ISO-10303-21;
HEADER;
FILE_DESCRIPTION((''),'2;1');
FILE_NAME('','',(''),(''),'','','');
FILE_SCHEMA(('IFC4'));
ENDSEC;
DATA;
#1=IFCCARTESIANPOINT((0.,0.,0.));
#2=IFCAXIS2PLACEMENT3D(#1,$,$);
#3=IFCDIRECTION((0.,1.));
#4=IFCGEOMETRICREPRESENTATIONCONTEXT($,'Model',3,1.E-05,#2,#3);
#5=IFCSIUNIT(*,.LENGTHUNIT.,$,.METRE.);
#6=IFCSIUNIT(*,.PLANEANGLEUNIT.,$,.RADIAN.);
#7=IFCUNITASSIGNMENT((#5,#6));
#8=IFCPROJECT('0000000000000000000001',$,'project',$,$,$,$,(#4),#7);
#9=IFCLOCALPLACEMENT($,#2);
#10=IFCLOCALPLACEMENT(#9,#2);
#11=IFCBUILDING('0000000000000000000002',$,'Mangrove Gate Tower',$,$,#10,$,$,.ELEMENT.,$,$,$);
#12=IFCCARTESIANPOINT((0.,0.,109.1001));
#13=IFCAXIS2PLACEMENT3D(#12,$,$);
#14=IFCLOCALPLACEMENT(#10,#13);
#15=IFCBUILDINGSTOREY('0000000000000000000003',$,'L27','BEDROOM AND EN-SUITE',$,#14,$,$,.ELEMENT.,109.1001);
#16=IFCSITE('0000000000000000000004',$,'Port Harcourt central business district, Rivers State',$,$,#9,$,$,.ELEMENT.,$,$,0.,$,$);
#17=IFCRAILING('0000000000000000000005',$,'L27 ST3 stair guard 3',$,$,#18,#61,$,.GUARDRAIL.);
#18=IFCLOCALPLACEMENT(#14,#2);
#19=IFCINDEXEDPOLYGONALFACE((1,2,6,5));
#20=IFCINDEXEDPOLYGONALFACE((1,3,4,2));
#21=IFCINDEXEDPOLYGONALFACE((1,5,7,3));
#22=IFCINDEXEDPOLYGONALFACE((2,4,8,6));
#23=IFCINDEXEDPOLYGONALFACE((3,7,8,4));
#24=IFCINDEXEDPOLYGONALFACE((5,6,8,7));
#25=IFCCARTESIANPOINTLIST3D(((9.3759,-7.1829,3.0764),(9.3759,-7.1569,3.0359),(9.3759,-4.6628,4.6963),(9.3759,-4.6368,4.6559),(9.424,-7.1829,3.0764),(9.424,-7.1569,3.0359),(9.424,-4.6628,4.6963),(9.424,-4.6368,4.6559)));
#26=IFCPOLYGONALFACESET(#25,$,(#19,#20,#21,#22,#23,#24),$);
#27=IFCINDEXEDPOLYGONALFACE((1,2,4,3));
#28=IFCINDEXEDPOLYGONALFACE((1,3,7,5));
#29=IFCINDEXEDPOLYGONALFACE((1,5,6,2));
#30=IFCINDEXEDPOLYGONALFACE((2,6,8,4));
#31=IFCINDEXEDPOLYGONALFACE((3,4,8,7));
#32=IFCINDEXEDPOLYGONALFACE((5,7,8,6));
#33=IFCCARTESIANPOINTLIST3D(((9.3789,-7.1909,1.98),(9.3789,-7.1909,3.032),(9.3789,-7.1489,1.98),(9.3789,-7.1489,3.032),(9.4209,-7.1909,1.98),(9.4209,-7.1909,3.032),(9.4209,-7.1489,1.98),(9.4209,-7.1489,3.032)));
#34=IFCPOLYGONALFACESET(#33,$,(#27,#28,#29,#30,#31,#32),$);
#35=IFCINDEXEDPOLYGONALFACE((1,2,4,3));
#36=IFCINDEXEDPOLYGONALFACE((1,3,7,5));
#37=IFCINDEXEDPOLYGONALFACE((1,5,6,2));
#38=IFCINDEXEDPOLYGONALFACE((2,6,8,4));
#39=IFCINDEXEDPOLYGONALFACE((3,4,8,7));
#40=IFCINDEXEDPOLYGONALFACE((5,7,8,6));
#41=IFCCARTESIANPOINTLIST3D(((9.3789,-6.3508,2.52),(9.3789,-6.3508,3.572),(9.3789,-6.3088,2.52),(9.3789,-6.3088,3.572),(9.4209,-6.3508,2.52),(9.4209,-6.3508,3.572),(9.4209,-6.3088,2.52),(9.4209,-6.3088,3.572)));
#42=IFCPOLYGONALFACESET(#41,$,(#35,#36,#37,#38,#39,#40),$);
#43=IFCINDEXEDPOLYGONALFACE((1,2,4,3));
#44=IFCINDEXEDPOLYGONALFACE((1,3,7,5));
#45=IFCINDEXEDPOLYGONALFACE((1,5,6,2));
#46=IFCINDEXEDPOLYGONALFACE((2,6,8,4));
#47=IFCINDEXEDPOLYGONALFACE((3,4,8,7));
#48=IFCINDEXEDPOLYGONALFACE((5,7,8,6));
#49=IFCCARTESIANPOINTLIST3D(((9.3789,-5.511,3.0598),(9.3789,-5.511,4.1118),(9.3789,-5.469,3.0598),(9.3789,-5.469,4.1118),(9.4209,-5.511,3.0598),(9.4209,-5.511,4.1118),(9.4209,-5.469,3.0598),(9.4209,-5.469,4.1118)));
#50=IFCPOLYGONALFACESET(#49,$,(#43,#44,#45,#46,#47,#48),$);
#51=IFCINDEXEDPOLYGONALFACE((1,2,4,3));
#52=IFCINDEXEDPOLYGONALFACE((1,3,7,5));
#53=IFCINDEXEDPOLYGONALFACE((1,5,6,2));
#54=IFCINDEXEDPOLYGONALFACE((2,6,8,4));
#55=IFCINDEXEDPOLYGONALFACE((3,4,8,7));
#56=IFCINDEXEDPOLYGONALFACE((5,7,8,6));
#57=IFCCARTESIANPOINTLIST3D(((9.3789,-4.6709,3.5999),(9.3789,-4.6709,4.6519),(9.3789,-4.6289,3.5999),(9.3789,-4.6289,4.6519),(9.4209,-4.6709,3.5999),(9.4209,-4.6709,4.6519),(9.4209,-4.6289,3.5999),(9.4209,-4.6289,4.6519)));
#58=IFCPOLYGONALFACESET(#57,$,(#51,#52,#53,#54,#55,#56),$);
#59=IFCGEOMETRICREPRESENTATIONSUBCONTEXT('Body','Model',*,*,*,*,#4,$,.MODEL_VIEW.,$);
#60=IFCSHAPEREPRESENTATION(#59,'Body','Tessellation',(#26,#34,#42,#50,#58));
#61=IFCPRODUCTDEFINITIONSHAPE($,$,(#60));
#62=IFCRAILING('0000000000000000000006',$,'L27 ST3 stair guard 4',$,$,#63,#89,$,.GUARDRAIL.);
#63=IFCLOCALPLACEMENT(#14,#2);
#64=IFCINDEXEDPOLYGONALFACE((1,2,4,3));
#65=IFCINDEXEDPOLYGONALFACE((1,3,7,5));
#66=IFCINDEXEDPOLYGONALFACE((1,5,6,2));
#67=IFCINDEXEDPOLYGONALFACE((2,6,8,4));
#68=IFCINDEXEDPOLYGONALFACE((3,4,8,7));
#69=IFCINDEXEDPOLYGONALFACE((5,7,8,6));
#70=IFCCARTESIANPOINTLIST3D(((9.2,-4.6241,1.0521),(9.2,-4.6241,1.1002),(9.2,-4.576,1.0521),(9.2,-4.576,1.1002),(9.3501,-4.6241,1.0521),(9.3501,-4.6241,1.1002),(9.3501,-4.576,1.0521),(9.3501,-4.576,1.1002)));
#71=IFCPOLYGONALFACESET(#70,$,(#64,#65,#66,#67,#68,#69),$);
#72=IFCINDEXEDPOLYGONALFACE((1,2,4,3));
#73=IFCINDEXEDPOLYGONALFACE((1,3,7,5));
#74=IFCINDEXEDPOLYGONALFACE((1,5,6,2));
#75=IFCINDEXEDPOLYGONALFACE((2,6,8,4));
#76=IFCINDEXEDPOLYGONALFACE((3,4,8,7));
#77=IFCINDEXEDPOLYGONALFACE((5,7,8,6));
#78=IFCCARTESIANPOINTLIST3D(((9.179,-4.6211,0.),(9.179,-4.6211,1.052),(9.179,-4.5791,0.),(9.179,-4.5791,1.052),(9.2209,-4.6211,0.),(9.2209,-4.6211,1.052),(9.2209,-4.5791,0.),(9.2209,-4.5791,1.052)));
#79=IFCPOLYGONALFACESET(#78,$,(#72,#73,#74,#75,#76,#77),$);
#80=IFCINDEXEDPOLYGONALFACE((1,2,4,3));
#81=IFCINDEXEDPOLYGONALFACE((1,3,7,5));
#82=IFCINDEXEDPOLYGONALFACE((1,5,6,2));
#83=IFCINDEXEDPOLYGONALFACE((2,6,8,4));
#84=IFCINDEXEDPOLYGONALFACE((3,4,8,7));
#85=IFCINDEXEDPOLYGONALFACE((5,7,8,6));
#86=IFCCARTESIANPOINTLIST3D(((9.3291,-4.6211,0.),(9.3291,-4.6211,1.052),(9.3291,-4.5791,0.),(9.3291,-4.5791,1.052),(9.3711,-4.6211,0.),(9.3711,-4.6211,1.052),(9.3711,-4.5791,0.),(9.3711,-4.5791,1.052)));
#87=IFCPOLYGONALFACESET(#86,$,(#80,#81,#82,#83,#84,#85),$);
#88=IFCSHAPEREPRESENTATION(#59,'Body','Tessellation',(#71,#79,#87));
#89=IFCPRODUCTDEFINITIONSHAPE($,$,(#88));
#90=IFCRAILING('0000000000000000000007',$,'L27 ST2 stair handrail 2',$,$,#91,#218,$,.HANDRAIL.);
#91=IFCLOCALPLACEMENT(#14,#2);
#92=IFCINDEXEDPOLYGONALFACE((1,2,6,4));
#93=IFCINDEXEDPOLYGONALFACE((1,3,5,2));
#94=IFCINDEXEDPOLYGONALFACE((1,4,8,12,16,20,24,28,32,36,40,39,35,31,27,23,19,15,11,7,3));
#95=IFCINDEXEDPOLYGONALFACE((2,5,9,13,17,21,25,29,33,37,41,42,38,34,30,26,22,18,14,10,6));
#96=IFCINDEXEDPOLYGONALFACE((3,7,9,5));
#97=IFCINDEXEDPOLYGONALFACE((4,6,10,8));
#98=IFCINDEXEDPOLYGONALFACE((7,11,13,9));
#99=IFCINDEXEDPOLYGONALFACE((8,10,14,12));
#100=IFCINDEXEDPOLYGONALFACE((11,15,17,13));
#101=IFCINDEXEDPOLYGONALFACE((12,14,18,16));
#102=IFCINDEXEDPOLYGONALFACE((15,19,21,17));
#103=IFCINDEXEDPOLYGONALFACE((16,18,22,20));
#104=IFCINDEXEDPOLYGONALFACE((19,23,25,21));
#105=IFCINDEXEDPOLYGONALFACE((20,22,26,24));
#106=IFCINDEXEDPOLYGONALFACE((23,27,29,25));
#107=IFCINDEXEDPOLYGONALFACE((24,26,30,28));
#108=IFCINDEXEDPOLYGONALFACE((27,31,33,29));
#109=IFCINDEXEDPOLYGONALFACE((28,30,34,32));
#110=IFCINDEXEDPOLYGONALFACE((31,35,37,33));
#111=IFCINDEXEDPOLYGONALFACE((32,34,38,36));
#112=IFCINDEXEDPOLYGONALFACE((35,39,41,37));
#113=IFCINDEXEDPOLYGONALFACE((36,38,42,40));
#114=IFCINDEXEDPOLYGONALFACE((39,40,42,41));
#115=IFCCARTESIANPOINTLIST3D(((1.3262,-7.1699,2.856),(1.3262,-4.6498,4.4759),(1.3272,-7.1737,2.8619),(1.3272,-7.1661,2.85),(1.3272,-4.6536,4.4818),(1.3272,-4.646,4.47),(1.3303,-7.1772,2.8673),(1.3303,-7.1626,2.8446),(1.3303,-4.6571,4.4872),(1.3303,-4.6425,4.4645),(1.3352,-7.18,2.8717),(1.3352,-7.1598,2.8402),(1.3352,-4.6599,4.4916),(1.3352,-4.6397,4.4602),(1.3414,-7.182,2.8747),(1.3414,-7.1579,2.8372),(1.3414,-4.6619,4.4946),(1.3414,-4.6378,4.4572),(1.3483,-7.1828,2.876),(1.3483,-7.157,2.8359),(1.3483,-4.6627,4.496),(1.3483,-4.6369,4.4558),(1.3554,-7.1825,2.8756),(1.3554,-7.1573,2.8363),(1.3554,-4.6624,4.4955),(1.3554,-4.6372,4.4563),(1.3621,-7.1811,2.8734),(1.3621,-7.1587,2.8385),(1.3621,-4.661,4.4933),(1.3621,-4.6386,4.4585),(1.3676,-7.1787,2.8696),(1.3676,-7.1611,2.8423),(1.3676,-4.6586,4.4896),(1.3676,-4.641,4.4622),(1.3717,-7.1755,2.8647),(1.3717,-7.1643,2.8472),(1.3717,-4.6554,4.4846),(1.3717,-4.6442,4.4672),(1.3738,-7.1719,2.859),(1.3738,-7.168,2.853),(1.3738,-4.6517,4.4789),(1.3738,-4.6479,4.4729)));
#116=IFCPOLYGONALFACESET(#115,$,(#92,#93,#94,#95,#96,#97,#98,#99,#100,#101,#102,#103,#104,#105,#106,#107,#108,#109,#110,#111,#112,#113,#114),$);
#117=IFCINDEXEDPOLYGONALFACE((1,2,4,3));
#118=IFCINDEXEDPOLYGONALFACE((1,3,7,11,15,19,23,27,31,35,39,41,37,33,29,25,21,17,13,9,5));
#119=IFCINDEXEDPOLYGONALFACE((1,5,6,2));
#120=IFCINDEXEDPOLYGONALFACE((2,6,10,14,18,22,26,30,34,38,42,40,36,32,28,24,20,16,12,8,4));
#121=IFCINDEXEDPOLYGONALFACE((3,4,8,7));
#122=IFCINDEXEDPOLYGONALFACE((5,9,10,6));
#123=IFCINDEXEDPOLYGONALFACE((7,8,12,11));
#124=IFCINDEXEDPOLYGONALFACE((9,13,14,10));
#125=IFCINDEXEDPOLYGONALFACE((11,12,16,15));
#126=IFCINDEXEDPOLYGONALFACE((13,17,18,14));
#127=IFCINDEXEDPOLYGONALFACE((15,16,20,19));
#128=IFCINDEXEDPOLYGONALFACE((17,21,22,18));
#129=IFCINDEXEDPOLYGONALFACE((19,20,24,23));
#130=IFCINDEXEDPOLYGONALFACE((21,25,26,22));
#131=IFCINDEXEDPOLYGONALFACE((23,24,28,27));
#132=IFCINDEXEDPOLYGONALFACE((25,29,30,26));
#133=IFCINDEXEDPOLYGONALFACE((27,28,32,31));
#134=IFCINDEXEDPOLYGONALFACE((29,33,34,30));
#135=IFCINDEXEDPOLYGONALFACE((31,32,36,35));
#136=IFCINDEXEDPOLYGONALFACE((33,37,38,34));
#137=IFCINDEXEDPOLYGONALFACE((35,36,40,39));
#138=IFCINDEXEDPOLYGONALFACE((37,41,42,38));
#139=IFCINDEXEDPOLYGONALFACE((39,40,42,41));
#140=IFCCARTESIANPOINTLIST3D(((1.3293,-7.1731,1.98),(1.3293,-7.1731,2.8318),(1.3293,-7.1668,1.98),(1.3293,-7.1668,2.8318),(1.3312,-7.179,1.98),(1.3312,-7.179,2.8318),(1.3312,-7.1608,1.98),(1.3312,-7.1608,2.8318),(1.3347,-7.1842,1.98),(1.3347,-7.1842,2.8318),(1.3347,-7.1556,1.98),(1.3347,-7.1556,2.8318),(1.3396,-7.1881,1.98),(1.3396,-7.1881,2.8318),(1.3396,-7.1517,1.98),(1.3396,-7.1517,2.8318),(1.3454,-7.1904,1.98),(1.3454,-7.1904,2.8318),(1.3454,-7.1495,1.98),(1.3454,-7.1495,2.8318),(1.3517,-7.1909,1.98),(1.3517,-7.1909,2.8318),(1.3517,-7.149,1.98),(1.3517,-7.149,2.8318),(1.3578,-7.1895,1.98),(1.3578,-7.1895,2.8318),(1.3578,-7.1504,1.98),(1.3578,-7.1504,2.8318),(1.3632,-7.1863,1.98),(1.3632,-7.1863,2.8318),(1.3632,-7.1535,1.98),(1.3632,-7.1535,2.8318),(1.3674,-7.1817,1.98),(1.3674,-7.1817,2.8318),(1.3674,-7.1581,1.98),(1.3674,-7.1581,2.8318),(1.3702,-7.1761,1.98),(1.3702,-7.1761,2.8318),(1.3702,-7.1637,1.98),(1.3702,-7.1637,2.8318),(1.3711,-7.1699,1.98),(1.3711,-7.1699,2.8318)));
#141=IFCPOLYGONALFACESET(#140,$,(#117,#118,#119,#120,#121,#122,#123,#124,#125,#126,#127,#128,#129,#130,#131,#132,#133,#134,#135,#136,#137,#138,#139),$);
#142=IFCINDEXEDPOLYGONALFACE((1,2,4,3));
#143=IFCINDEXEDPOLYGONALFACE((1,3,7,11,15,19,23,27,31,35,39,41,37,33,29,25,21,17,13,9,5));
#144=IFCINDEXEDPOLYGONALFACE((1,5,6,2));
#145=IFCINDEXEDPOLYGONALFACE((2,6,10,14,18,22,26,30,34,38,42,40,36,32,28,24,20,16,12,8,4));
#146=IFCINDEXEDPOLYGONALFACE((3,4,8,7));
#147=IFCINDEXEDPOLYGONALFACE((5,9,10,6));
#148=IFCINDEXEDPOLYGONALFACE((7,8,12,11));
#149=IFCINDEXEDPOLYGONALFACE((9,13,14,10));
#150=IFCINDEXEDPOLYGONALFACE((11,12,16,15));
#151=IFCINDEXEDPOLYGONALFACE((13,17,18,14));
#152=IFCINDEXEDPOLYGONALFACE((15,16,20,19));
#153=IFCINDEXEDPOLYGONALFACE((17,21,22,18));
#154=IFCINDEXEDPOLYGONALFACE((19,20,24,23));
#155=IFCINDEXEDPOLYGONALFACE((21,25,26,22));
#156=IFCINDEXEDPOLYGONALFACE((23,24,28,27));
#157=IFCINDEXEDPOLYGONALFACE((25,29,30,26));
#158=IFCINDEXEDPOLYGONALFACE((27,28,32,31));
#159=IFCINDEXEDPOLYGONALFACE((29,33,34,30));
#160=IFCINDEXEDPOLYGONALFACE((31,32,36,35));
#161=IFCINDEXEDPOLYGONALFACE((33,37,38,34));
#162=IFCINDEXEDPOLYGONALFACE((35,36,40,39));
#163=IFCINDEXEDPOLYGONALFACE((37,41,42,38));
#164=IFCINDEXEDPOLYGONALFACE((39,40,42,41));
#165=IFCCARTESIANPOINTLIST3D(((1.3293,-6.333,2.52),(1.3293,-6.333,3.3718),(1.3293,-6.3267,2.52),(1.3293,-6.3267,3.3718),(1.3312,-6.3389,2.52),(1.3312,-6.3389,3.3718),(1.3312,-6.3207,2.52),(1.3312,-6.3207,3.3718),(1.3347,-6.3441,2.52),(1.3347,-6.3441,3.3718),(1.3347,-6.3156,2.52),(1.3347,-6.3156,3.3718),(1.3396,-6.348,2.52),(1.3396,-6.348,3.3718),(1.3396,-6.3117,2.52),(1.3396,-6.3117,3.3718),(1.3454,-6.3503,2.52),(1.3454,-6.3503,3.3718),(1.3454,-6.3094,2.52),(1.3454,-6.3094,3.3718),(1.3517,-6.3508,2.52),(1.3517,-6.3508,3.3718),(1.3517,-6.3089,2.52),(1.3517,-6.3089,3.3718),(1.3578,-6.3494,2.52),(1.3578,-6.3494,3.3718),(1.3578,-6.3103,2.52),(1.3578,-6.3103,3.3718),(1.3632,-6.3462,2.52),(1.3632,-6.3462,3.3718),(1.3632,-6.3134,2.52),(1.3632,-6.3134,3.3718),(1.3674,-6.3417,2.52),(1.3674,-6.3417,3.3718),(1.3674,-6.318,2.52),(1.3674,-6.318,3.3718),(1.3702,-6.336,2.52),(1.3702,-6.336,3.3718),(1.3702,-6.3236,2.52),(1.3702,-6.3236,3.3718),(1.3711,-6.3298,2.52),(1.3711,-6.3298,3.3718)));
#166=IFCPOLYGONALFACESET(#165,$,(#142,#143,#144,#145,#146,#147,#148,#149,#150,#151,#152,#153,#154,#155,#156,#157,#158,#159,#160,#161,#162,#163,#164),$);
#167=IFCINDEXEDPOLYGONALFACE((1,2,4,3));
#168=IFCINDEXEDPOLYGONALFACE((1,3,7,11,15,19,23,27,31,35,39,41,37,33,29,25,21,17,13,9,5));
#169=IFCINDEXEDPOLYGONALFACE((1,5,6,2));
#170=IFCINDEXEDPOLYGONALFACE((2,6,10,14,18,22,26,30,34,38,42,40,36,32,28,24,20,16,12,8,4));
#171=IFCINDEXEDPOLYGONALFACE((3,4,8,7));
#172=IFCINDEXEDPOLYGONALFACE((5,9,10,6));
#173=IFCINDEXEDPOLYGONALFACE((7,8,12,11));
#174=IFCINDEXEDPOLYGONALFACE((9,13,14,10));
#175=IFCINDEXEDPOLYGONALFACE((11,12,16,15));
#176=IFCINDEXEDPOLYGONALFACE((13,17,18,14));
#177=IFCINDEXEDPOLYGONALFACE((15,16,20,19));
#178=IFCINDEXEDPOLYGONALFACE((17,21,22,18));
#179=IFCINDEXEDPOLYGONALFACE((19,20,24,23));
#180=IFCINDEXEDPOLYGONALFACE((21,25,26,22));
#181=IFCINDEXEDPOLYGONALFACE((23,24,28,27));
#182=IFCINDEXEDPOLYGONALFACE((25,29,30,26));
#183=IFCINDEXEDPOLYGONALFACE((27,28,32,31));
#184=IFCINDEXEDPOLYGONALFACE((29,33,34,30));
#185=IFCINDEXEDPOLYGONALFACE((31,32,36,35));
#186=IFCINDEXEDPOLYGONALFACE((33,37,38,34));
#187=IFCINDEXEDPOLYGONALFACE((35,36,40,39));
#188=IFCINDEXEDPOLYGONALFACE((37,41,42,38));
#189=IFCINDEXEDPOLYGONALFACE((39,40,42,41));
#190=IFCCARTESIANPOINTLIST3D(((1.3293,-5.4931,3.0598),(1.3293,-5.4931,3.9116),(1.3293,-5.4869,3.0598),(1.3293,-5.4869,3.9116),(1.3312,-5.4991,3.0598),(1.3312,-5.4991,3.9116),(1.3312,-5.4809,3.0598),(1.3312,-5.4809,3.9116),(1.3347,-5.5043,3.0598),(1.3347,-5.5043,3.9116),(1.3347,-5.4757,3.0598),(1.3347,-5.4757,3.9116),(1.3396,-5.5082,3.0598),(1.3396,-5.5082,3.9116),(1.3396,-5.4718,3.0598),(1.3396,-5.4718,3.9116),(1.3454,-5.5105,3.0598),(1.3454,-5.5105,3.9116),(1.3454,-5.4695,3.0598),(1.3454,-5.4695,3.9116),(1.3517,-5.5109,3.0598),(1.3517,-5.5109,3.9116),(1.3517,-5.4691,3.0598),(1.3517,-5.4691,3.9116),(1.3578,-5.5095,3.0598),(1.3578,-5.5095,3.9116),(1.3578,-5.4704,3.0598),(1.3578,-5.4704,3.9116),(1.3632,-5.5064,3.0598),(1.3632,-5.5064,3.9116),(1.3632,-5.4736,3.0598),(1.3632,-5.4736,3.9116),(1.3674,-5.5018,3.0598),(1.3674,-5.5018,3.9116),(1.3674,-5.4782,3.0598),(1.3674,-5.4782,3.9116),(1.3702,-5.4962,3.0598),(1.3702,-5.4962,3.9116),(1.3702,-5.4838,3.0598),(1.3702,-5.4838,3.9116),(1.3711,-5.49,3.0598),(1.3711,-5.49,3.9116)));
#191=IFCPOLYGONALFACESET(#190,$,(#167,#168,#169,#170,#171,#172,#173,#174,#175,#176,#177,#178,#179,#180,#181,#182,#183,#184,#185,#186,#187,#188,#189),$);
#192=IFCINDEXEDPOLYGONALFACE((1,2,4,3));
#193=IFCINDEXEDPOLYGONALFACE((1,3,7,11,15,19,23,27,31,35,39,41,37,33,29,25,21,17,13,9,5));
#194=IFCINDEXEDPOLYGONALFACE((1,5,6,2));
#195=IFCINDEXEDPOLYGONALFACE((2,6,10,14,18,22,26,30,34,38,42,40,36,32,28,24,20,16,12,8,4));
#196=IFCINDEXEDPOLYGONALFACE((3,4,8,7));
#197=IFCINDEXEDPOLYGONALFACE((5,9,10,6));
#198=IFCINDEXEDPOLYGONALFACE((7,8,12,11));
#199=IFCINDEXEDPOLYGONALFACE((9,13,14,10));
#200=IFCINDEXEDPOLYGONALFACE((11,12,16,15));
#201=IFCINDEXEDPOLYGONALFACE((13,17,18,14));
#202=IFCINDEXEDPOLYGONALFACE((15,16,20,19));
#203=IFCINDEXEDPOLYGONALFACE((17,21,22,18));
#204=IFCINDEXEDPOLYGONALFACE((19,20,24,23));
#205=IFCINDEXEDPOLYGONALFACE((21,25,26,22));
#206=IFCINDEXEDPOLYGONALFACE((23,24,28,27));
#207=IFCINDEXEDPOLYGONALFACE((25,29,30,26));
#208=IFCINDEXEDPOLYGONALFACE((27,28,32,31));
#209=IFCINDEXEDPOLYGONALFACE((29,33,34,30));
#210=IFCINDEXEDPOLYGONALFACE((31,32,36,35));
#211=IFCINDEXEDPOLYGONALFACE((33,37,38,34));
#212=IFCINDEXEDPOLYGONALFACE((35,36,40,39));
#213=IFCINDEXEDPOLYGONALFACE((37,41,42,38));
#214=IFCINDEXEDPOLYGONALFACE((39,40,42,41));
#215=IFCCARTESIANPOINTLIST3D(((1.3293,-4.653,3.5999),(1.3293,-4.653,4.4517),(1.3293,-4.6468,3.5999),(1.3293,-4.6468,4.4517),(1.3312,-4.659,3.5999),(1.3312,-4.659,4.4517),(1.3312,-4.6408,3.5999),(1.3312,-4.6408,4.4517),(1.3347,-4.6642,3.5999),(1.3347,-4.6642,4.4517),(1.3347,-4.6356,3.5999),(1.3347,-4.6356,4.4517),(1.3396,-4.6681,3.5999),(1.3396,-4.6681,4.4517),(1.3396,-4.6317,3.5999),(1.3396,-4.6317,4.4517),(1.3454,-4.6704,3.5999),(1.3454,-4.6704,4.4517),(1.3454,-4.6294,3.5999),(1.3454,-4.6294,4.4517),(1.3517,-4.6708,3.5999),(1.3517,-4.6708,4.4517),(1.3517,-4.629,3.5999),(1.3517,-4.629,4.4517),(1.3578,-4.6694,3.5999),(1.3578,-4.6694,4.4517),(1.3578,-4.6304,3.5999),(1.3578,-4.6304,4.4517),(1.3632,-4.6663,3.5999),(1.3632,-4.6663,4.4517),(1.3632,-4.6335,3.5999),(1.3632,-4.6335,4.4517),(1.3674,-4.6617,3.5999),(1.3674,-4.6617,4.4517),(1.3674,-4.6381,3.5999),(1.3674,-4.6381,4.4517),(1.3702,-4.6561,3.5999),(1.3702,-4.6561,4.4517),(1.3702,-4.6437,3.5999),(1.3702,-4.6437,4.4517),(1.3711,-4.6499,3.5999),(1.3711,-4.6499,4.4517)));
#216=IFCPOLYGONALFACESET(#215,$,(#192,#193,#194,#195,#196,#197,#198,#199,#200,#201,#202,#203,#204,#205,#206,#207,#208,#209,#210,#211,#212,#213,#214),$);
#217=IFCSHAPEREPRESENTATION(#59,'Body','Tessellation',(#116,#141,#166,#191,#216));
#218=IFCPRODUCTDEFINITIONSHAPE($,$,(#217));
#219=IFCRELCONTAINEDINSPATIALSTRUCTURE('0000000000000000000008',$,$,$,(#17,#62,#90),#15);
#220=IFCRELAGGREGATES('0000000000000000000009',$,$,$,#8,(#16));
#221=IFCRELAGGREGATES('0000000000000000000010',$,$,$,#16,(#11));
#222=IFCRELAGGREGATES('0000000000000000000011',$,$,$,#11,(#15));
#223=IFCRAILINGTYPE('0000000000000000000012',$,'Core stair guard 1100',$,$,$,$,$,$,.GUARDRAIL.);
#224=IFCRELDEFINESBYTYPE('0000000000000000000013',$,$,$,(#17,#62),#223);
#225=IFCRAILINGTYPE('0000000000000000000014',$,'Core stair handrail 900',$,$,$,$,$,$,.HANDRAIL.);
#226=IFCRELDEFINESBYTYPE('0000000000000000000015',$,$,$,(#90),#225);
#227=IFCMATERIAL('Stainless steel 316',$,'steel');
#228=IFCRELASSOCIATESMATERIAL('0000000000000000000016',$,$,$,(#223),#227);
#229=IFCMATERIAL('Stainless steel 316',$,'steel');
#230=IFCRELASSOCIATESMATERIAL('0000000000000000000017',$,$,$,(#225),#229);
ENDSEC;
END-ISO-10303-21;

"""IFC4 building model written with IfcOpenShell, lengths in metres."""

from ifc_helpers import new_model, si_unit, direction, frame, origin, origin_2d, place, context, subcontext, project, spatial, rectangle, circle, extrude, material, type_object, element, save


model = new_model("IFC4")

# Units and contexts
model_context = context("Model", 3, precision=1e-05, world=origin(), true_north=direction((0.0, 1.0)))
body_context = subcontext(model_context, "Body", "Model", "MODEL_VIEW")
ifc_project = project(units=[si_unit("LENGTHUNIT", "METRE"), si_unit("PLANEANGLEUNIT", "RADIAN")], contexts=[model_context])

# Site, building, storey
site_placement = place(None, origin())
site = spatial("IfcSite", under=ifc_project, at=site_placement, Name="Port Harcourt central business district, Rivers State", CompositionType="ELEMENT", RefElevation=0.0)
building_placement = place(site_placement, origin())
building = spatial("IfcBuilding", under=site, at=building_placement, Name="Mangrove Gate Tower", CompositionType="ELEMENT")
storey_placement = place(building_placement, frame((0.0, 0.0, 109.1001)))
storey = spatial("IfcBuildingStorey", under=building, at=storey_placement, Name="L27", Description="BEDROOM AND EN-SUITE", CompositionType="ELEMENT", Elevation=109.1001)

# Railings
ifc_material_1 = material(Name="Stainless steel 316", Category="steel")
railing_type_1 = type_object("IfcRailingType", Name="Core stair guard 1100", PredefinedType="GUARDRAIL", material=ifc_material_1)
railing_1_placement = place(storey_placement, frame((9.3999, -7.1699, 1.98)))
element("IfcRailing", 1, at=railing_1_placement, inside=storey, type_object=railing_type_1, Name="L27 ST3 stair guard 3", PredefinedType="GUARDRAIL", context=body_context, shape_type="SweptSolid", body=[
    extrude(rectangle(XDim=0.0481, YDim=0.0481, at=origin_2d()), frame((0.0, 0.0, 1.0762), z_axis=(0.0, 0.8412, 0.540725), x_axis=(-1.0, 0.0, 0.0)), (0.0, 0.0, 1.0), 2.9958),
    extrude(rectangle(XDim=0.042, YDim=0.042, at=origin_2d()), origin(), (0.0, 0.0, 1.0), 1.052),
    extrude(rectangle(XDim=0.042, YDim=0.042, at=origin_2d()), frame((0.0, 0.8401, 0.54)), (0.0, 0.0, 1.0), 1.052),
    extrude(rectangle(XDim=0.042, YDim=0.042, at=origin_2d()), frame((0.0, 1.6799, 1.0798)), (0.0, 0.0, 1.0), 1.052),
    extrude(rectangle(XDim=0.042, YDim=0.042, at=origin_2d()), frame((0.0, 2.52, 1.6199)), (0.0, 0.0, 1.0), 1.052),
])
railing_2_placement = place(storey_placement, frame((9.2, -4.6001, 0.0)))
element("IfcRailing", 2, at=railing_2_placement, inside=storey, type_object=railing_type_1, Name="L27 ST3 stair guard 4", PredefinedType="GUARDRAIL", context=body_context, shape_type="SweptSolid", body=[
    extrude(rectangle(XDim=0.0481, YDim=0.0481, at=origin_2d()), frame((0.0, 0.0, 1.0762), z_axis=(1.0, 0.0, 0.0), x_axis=(0.0, 1.0, 0.0)), (0.0, 0.0, 1.0), 0.1501),
    extrude(rectangle(XDim=0.042, YDim=0.042, at=origin_2d()), origin(), (0.0, 0.0, 1.0), 1.052),
    extrude(rectangle(XDim=0.042, YDim=0.042, at=origin_2d()), frame((0.1501, 0.0, 0.0)), (0.0, 0.0, 1.0), 1.052),
])
ifc_material_2 = material(Name="Stainless steel 316", Category="steel")
railing_type_2 = type_object("IfcRailingType", Name="Core stair handrail 900", PredefinedType="HANDRAIL", material=ifc_material_2)
railing_3_placement = place(storey_placement, frame((1.3501, -7.1699, 1.98)))
element("IfcRailing", 3, at=railing_3_placement, inside=storey, type_object=railing_type_2, Name="L27 ST2 stair handrail 2", PredefinedType="HANDRAIL", context=body_context, shape_type="SweptSolid", body=[
    extrude(circle(Radius=0.0239, at=origin_2d()), frame((0.0, 0.0, 0.876), z_axis=(0.0, 0.8412, 0.540725), x_axis=(-1.0, 0.0, 0.0)), (0.0, 0.0, 1.0), 2.9958),
    extrude(circle(Radius=0.021, at=origin_2d()), origin(), (0.0, 0.0, 1.0), 0.8518),
    extrude(circle(Radius=0.021, at=origin_2d()), frame((0.0, 0.8401, 0.54)), (0.0, 0.0, 1.0), 0.8518),
    extrude(circle(Radius=0.021, at=origin_2d()), frame((0.0, 1.6799, 1.0798)), (0.0, 0.0, 1.0), 0.8518),
    extrude(circle(Radius=0.021, at=origin_2d()), frame((0.0, 2.52, 1.6199)), (0.0, 0.0, 1.0), 0.8518),
])

save(model, "model.ifc")
